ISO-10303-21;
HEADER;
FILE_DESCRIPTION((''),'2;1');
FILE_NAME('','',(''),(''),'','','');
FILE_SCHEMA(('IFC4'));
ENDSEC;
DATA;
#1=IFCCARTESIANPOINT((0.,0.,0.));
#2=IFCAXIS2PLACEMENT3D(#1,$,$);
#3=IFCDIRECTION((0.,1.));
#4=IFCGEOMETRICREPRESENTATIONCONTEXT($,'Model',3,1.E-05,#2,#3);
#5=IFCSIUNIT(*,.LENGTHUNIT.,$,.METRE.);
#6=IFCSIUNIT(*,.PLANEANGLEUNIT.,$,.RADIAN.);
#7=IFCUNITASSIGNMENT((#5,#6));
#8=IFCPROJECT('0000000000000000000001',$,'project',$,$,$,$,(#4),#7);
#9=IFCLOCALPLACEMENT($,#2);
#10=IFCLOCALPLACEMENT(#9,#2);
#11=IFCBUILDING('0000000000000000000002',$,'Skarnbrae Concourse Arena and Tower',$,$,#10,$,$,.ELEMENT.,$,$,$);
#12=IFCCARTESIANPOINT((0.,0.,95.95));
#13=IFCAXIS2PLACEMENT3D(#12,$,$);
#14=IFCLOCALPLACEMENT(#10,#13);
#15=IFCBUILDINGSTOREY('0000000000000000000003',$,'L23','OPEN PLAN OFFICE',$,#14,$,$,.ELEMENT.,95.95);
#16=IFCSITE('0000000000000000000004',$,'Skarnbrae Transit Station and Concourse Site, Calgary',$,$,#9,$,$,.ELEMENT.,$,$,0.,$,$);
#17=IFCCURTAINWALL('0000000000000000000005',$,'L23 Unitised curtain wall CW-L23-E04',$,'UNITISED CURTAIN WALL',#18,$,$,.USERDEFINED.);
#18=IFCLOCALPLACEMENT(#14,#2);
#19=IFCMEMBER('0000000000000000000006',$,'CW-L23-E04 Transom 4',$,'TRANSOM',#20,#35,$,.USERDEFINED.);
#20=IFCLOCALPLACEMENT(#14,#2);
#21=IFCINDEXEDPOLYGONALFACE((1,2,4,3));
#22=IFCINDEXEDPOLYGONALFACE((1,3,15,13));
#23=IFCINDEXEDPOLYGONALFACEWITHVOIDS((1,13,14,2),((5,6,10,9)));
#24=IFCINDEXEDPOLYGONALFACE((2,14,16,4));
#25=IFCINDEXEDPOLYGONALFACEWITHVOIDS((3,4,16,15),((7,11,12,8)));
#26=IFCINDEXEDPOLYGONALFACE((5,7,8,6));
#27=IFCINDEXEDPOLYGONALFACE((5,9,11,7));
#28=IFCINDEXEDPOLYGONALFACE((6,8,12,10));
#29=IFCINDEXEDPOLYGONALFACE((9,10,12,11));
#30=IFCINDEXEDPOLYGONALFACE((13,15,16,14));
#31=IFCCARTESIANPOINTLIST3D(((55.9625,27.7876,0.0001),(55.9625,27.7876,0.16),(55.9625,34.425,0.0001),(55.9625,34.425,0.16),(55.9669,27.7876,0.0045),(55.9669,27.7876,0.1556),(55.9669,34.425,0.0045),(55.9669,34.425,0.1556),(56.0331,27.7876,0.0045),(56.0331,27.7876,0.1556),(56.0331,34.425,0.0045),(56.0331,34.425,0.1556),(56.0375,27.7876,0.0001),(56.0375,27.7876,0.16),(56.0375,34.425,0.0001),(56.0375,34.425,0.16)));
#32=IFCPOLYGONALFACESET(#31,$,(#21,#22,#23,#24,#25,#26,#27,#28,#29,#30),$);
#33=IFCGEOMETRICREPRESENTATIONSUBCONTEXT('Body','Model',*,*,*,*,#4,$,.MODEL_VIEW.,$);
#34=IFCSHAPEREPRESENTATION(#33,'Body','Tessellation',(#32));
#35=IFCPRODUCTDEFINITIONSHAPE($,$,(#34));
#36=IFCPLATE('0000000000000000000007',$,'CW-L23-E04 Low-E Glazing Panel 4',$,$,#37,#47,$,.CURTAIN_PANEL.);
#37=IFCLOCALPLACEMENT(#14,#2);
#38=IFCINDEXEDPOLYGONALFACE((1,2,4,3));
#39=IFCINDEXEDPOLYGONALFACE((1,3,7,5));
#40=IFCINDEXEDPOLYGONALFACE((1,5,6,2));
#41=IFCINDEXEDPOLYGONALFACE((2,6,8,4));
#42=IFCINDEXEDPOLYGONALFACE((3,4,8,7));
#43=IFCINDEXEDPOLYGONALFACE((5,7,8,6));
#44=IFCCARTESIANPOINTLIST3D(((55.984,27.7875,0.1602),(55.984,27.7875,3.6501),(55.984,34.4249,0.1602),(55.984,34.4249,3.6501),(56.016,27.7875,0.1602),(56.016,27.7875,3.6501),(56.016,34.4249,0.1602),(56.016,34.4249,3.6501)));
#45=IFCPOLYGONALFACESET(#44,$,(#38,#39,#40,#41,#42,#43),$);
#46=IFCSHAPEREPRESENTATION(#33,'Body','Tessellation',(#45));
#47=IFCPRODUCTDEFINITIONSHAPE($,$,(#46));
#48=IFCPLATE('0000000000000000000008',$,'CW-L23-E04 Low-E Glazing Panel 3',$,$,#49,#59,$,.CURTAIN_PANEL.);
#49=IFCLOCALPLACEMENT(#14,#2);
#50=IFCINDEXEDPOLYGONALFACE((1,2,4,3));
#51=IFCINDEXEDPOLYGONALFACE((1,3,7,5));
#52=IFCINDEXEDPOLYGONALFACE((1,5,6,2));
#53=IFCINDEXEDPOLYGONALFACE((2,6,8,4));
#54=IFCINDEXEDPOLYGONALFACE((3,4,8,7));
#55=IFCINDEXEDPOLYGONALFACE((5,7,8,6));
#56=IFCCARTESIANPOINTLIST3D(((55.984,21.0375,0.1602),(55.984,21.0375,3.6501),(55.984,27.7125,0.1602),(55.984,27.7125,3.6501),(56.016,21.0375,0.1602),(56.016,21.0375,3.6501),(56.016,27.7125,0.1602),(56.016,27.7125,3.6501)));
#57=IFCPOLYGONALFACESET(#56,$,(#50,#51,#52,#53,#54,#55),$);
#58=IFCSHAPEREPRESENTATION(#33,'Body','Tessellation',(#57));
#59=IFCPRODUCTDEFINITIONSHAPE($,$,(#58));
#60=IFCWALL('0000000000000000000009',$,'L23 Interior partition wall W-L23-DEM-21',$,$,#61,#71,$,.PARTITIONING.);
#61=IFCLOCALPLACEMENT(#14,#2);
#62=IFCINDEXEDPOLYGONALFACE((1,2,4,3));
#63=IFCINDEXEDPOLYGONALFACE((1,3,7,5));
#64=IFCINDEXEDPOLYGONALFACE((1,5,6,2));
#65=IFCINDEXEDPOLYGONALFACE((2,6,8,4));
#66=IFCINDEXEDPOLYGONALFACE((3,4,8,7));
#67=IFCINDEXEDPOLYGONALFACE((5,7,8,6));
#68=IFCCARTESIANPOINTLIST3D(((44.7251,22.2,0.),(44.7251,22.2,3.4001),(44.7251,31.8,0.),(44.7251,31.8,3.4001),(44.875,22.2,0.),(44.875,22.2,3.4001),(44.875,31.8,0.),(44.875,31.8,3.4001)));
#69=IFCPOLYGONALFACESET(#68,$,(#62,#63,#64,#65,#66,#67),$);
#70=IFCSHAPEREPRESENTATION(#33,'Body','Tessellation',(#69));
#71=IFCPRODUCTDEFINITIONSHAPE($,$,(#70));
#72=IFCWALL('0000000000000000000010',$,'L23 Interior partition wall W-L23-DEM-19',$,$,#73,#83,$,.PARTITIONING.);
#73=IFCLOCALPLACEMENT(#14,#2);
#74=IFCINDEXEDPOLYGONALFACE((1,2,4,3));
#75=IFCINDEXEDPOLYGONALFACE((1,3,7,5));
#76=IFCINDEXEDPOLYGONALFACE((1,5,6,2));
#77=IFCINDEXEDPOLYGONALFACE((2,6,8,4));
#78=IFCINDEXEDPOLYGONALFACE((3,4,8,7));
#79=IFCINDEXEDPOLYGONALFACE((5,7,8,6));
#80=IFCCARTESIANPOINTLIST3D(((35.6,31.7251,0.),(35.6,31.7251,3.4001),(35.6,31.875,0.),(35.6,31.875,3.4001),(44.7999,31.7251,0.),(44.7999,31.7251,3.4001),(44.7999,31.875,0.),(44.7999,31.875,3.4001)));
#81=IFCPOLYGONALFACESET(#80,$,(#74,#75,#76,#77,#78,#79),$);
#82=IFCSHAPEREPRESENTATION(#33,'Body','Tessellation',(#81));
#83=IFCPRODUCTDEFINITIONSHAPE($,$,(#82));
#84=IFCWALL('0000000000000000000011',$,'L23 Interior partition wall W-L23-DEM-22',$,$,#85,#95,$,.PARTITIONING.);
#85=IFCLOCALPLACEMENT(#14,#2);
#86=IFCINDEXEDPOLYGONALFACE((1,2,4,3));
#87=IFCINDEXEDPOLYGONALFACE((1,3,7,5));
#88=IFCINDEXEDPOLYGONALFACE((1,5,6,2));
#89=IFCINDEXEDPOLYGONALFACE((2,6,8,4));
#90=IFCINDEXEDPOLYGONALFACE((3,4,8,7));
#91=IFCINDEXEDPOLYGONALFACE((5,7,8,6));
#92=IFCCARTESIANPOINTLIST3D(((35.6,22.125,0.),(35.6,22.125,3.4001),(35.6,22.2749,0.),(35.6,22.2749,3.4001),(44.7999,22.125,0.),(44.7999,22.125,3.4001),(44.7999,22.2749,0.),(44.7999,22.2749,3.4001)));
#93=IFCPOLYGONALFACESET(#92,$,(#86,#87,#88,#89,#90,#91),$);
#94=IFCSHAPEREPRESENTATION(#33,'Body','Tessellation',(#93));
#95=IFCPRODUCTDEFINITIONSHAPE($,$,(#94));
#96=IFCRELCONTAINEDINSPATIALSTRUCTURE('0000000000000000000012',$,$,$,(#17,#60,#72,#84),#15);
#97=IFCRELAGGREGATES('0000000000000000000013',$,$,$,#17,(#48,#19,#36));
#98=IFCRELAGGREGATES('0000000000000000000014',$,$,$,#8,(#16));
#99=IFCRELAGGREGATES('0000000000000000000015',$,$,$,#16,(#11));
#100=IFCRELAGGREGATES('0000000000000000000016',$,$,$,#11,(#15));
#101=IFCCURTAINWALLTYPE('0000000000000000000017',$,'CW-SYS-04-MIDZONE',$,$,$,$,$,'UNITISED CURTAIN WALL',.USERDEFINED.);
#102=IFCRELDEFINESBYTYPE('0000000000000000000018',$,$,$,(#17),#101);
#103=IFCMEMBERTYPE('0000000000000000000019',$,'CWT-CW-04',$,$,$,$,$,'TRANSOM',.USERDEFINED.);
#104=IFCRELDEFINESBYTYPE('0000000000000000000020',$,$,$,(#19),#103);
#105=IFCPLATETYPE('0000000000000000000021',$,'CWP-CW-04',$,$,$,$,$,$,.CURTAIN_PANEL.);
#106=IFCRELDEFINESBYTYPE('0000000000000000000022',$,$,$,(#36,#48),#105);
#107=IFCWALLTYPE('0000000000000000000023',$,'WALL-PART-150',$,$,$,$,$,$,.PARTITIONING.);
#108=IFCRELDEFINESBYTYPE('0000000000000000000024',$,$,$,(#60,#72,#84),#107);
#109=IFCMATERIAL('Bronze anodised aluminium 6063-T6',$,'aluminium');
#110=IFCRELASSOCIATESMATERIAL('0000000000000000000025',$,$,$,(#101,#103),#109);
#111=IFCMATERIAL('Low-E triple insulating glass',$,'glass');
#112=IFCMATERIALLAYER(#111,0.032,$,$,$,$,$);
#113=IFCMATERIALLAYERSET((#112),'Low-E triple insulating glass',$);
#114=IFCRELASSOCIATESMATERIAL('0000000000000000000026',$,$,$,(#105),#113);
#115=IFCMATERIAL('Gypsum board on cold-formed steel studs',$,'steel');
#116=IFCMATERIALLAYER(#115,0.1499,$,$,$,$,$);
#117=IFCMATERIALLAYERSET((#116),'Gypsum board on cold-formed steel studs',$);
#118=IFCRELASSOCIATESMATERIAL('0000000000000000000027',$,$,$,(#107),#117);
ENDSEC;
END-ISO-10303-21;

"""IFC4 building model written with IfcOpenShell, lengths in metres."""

from ifc_helpers import new_model, si_unit, direction, frame, frame_2d, origin, origin_2d, place, context, subcontext, project, spatial, rectangle, hollow_rectangle, extrude, source, transform, mapped, material, layer, layer_set, material_profile, profile_set, type_object, element, aggregate, save


model = new_model("IFC4")

# Units and contexts
model_context = context("Model", 3, precision=1e-05, world=origin(), true_north=direction((0.0, 1.0)))
body_context = subcontext(model_context, "Body", "Model", "MODEL_VIEW")
ifc_project = project(units=[si_unit("LENGTHUNIT", "METRE"), si_unit("PLANEANGLEUNIT", "RADIAN")], contexts=[model_context])

# Site, building, storey
site_placement = place(None, origin())
site = spatial("IfcSite", under=ifc_project, at=site_placement, Name="Skarnbrae Transit Station and Concourse Site, Calgary", CompositionType="ELEMENT", RefElevation=0.0)
building_placement = place(site_placement, origin())
building = spatial("IfcBuilding", under=site, at=building_placement, Name="Skarnbrae Concourse Arena and Tower", CompositionType="ELEMENT")
storey_placement = place(building_placement, frame((0.0, 0.0, 95.95)))
storey = spatial("IfcBuildingStorey", under=building, at=storey_placement, Name="L23", Description="OPEN PLAN OFFICE", CompositionType="ELEMENT", Elevation=95.95)

# Curtain wall, member, plates
ifc_material_1 = material(Name="Bronze anodised aluminium 6063-T6", Category="aluminium")
curtain_wall_type = type_object("IfcCurtainWallType", Name="CW-SYS-04-MIDZONE", ElementType="UNITISED CURTAIN WALL", PredefinedType="USERDEFINED", material=ifc_material_1)
curtain_wall_placement = place(storey_placement, origin())
curtain_wall = element("IfcCurtainWall", 1, at=curtain_wall_placement, inside=storey, type_object=curtain_wall_type, Name="L23 Unitised curtain wall CW-L23-E04", ObjectType="UNITISED CURTAIN WALL", PredefinedType="USERDEFINED")
ifc_material_profile_1 = material_profile(ifc_material_1, hollow_rectangle(XDim=0.075, YDim=0.1599, WallThickness=0.0044, at=origin_2d()), Name="ALU-TRAN-75X160")
ifc_profile_set_1 = profile_set([ifc_material_profile_1], Name="Bronze anodised aluminium 6063-T6")
member_type_1 = type_object("IfcMemberType", Name="CWT-CW-04", ElementType="TRANSOM", PredefinedType="USERDEFINED", material=ifc_profile_set_1)
shared_shape_1 = source(origin(), body_context, "Body", "SweptSolid", [
    extrude(hollow_rectangle(XDim=0.075, YDim=0.1599, WallThickness=0.0044, at=origin_2d()), origin(), (0.0, 0.0, 1.0), 6.6375),
])
member_1_placement = place(storey_placement, frame((56.0, 27.7876, 0.0801), z_axis=(0.0, 1.0, 0.0), x_axis=(-1.0, 0.0, 0.0)))
member_1 = element("IfcMember", 2, at=member_1_placement, type_object=member_type_1, Name="CW-L23-E04 Transom 4", ObjectType="TRANSOM", PredefinedType="USERDEFINED", context=body_context, shape_type="MappedRepresentation", body=[
    mapped(shared_shape_1, transform((0.0, 0.0, 0.0))),
])
ifc_material_2 = material(Name="Low-E triple insulating glass", Category="glass")
ifc_layer_1 = layer(ifc_material_2, 0.032)
ifc_layer_set_1 = layer_set([ifc_layer_1], Name="Low-E triple insulating glass")
plate_type = type_object("IfcPlateType", Name="CWP-CW-04", PredefinedType="CURTAIN_PANEL", material=ifc_layer_set_1)
shared_shape_2 = source(origin(), body_context, "Body", "SweptSolid", [
    extrude(rectangle(XDim=6.6375, YDim=0.032, at=origin_2d()), origin(), (0.0, 0.0, 1.0), 3.49),
])
plate_1_placement = place(storey_placement, frame((56.0, 31.1062, 0.1602), z_axis=(0.0, 0.0, 1.0), x_axis=(0.0, 1.0, 0.0)))
plate_1 = element("IfcPlate", 3, at=plate_1_placement, type_object=plate_type, Name="CW-L23-E04 Low-E Glazing Panel 4", PredefinedType="CURTAIN_PANEL", context=body_context, shape_type="MappedRepresentation", body=[
    mapped(shared_shape_2, transform((0.0, 0.0, 0.0))),
])
shared_shape_3 = source(origin(), body_context, "Body", "SweptSolid", [
    extrude(rectangle(XDim=6.675, YDim=0.032, at=origin_2d()), origin(), (0.0, 0.0, 1.0), 3.49),
])
plate_2_placement = place(storey_placement, frame((56.0, 24.375, 0.1602), z_axis=(0.0, 0.0, 1.0), x_axis=(0.0, 1.0, 0.0)))
plate_2 = element("IfcPlate", 4, at=plate_2_placement, type_object=plate_type, Name="CW-L23-E04 Low-E Glazing Panel 3", PredefinedType="CURTAIN_PANEL", context=body_context, shape_type="MappedRepresentation", body=[
    mapped(shared_shape_3, transform((0.0, 0.0, 0.0))),
])
aggregate(curtain_wall, [plate_2, member_1, plate_1])

# Walls
ifc_material_3 = material(Name="Gypsum board on cold-formed steel studs", Category="steel")
ifc_layer_2 = layer(ifc_material_3, 0.1499)
ifc_layer_set_2 = layer_set([ifc_layer_2], Name="Gypsum board on cold-formed steel studs")
wall_type = type_object("IfcWallType", Name="WALL-PART-150", PredefinedType="PARTITIONING", material=ifc_layer_set_2)
shared_shape_4 = source(origin(), body_context, "Body", "SweptSolid", [
    extrude(rectangle(XDim=9.6001, YDim=0.1499, at=frame_2d((4.8, 0.0))), origin(), (0.0, 0.0, 1.0), 3.4001),
])
wall_placement = place(storey_placement, frame((44.8, 31.8, 0.0), z_axis=(0.0, 0.0, 1.0), x_axis=(0.0, -1.0, 0.0)))
element("IfcWall", 5, at=wall_placement, inside=storey, type_object=wall_type, Name="L23 Interior partition wall W-L23-DEM-21", PredefinedType="PARTITIONING", context=body_context, shape_type="MappedRepresentation", body=[
    mapped(shared_shape_4, transform((0.0, 0.0, 0.0))),
])
shared_shape_5 = source(origin(), body_context, "Body", "SweptSolid", [
    extrude(rectangle(XDim=9.2, YDim=0.1499, at=frame_2d((4.6001, 0.0))), origin(), (0.0, 0.0, 1.0), 3.4001),
])
for number, where, z_axis, x_axis, name in (
    (6, (44.8, 31.8, 0.0), (0.0, 0.0, 1.0), (-1.0, 0.0, 0.0), "L23 Interior partition wall W-L23-DEM-19"),
    (7, (44.8, 22.2, 0.0), (0.0, 0.0, 1.0), (-1.0, 0.0, 0.0), "L23 Interior partition wall W-L23-DEM-22"),
):
    element("IfcWall", number, at=place(storey_placement, frame(where, z_axis=z_axis, x_axis=x_axis)), inside=storey, type_object=wall_type, Name=name, PredefinedType="PARTITIONING", context=body_context, shape_type="MappedRepresentation", body=[
        mapped(shared_shape_5, transform((0.0, 0.0, 0.0))),
    ])

save(model, "model.ifc")
